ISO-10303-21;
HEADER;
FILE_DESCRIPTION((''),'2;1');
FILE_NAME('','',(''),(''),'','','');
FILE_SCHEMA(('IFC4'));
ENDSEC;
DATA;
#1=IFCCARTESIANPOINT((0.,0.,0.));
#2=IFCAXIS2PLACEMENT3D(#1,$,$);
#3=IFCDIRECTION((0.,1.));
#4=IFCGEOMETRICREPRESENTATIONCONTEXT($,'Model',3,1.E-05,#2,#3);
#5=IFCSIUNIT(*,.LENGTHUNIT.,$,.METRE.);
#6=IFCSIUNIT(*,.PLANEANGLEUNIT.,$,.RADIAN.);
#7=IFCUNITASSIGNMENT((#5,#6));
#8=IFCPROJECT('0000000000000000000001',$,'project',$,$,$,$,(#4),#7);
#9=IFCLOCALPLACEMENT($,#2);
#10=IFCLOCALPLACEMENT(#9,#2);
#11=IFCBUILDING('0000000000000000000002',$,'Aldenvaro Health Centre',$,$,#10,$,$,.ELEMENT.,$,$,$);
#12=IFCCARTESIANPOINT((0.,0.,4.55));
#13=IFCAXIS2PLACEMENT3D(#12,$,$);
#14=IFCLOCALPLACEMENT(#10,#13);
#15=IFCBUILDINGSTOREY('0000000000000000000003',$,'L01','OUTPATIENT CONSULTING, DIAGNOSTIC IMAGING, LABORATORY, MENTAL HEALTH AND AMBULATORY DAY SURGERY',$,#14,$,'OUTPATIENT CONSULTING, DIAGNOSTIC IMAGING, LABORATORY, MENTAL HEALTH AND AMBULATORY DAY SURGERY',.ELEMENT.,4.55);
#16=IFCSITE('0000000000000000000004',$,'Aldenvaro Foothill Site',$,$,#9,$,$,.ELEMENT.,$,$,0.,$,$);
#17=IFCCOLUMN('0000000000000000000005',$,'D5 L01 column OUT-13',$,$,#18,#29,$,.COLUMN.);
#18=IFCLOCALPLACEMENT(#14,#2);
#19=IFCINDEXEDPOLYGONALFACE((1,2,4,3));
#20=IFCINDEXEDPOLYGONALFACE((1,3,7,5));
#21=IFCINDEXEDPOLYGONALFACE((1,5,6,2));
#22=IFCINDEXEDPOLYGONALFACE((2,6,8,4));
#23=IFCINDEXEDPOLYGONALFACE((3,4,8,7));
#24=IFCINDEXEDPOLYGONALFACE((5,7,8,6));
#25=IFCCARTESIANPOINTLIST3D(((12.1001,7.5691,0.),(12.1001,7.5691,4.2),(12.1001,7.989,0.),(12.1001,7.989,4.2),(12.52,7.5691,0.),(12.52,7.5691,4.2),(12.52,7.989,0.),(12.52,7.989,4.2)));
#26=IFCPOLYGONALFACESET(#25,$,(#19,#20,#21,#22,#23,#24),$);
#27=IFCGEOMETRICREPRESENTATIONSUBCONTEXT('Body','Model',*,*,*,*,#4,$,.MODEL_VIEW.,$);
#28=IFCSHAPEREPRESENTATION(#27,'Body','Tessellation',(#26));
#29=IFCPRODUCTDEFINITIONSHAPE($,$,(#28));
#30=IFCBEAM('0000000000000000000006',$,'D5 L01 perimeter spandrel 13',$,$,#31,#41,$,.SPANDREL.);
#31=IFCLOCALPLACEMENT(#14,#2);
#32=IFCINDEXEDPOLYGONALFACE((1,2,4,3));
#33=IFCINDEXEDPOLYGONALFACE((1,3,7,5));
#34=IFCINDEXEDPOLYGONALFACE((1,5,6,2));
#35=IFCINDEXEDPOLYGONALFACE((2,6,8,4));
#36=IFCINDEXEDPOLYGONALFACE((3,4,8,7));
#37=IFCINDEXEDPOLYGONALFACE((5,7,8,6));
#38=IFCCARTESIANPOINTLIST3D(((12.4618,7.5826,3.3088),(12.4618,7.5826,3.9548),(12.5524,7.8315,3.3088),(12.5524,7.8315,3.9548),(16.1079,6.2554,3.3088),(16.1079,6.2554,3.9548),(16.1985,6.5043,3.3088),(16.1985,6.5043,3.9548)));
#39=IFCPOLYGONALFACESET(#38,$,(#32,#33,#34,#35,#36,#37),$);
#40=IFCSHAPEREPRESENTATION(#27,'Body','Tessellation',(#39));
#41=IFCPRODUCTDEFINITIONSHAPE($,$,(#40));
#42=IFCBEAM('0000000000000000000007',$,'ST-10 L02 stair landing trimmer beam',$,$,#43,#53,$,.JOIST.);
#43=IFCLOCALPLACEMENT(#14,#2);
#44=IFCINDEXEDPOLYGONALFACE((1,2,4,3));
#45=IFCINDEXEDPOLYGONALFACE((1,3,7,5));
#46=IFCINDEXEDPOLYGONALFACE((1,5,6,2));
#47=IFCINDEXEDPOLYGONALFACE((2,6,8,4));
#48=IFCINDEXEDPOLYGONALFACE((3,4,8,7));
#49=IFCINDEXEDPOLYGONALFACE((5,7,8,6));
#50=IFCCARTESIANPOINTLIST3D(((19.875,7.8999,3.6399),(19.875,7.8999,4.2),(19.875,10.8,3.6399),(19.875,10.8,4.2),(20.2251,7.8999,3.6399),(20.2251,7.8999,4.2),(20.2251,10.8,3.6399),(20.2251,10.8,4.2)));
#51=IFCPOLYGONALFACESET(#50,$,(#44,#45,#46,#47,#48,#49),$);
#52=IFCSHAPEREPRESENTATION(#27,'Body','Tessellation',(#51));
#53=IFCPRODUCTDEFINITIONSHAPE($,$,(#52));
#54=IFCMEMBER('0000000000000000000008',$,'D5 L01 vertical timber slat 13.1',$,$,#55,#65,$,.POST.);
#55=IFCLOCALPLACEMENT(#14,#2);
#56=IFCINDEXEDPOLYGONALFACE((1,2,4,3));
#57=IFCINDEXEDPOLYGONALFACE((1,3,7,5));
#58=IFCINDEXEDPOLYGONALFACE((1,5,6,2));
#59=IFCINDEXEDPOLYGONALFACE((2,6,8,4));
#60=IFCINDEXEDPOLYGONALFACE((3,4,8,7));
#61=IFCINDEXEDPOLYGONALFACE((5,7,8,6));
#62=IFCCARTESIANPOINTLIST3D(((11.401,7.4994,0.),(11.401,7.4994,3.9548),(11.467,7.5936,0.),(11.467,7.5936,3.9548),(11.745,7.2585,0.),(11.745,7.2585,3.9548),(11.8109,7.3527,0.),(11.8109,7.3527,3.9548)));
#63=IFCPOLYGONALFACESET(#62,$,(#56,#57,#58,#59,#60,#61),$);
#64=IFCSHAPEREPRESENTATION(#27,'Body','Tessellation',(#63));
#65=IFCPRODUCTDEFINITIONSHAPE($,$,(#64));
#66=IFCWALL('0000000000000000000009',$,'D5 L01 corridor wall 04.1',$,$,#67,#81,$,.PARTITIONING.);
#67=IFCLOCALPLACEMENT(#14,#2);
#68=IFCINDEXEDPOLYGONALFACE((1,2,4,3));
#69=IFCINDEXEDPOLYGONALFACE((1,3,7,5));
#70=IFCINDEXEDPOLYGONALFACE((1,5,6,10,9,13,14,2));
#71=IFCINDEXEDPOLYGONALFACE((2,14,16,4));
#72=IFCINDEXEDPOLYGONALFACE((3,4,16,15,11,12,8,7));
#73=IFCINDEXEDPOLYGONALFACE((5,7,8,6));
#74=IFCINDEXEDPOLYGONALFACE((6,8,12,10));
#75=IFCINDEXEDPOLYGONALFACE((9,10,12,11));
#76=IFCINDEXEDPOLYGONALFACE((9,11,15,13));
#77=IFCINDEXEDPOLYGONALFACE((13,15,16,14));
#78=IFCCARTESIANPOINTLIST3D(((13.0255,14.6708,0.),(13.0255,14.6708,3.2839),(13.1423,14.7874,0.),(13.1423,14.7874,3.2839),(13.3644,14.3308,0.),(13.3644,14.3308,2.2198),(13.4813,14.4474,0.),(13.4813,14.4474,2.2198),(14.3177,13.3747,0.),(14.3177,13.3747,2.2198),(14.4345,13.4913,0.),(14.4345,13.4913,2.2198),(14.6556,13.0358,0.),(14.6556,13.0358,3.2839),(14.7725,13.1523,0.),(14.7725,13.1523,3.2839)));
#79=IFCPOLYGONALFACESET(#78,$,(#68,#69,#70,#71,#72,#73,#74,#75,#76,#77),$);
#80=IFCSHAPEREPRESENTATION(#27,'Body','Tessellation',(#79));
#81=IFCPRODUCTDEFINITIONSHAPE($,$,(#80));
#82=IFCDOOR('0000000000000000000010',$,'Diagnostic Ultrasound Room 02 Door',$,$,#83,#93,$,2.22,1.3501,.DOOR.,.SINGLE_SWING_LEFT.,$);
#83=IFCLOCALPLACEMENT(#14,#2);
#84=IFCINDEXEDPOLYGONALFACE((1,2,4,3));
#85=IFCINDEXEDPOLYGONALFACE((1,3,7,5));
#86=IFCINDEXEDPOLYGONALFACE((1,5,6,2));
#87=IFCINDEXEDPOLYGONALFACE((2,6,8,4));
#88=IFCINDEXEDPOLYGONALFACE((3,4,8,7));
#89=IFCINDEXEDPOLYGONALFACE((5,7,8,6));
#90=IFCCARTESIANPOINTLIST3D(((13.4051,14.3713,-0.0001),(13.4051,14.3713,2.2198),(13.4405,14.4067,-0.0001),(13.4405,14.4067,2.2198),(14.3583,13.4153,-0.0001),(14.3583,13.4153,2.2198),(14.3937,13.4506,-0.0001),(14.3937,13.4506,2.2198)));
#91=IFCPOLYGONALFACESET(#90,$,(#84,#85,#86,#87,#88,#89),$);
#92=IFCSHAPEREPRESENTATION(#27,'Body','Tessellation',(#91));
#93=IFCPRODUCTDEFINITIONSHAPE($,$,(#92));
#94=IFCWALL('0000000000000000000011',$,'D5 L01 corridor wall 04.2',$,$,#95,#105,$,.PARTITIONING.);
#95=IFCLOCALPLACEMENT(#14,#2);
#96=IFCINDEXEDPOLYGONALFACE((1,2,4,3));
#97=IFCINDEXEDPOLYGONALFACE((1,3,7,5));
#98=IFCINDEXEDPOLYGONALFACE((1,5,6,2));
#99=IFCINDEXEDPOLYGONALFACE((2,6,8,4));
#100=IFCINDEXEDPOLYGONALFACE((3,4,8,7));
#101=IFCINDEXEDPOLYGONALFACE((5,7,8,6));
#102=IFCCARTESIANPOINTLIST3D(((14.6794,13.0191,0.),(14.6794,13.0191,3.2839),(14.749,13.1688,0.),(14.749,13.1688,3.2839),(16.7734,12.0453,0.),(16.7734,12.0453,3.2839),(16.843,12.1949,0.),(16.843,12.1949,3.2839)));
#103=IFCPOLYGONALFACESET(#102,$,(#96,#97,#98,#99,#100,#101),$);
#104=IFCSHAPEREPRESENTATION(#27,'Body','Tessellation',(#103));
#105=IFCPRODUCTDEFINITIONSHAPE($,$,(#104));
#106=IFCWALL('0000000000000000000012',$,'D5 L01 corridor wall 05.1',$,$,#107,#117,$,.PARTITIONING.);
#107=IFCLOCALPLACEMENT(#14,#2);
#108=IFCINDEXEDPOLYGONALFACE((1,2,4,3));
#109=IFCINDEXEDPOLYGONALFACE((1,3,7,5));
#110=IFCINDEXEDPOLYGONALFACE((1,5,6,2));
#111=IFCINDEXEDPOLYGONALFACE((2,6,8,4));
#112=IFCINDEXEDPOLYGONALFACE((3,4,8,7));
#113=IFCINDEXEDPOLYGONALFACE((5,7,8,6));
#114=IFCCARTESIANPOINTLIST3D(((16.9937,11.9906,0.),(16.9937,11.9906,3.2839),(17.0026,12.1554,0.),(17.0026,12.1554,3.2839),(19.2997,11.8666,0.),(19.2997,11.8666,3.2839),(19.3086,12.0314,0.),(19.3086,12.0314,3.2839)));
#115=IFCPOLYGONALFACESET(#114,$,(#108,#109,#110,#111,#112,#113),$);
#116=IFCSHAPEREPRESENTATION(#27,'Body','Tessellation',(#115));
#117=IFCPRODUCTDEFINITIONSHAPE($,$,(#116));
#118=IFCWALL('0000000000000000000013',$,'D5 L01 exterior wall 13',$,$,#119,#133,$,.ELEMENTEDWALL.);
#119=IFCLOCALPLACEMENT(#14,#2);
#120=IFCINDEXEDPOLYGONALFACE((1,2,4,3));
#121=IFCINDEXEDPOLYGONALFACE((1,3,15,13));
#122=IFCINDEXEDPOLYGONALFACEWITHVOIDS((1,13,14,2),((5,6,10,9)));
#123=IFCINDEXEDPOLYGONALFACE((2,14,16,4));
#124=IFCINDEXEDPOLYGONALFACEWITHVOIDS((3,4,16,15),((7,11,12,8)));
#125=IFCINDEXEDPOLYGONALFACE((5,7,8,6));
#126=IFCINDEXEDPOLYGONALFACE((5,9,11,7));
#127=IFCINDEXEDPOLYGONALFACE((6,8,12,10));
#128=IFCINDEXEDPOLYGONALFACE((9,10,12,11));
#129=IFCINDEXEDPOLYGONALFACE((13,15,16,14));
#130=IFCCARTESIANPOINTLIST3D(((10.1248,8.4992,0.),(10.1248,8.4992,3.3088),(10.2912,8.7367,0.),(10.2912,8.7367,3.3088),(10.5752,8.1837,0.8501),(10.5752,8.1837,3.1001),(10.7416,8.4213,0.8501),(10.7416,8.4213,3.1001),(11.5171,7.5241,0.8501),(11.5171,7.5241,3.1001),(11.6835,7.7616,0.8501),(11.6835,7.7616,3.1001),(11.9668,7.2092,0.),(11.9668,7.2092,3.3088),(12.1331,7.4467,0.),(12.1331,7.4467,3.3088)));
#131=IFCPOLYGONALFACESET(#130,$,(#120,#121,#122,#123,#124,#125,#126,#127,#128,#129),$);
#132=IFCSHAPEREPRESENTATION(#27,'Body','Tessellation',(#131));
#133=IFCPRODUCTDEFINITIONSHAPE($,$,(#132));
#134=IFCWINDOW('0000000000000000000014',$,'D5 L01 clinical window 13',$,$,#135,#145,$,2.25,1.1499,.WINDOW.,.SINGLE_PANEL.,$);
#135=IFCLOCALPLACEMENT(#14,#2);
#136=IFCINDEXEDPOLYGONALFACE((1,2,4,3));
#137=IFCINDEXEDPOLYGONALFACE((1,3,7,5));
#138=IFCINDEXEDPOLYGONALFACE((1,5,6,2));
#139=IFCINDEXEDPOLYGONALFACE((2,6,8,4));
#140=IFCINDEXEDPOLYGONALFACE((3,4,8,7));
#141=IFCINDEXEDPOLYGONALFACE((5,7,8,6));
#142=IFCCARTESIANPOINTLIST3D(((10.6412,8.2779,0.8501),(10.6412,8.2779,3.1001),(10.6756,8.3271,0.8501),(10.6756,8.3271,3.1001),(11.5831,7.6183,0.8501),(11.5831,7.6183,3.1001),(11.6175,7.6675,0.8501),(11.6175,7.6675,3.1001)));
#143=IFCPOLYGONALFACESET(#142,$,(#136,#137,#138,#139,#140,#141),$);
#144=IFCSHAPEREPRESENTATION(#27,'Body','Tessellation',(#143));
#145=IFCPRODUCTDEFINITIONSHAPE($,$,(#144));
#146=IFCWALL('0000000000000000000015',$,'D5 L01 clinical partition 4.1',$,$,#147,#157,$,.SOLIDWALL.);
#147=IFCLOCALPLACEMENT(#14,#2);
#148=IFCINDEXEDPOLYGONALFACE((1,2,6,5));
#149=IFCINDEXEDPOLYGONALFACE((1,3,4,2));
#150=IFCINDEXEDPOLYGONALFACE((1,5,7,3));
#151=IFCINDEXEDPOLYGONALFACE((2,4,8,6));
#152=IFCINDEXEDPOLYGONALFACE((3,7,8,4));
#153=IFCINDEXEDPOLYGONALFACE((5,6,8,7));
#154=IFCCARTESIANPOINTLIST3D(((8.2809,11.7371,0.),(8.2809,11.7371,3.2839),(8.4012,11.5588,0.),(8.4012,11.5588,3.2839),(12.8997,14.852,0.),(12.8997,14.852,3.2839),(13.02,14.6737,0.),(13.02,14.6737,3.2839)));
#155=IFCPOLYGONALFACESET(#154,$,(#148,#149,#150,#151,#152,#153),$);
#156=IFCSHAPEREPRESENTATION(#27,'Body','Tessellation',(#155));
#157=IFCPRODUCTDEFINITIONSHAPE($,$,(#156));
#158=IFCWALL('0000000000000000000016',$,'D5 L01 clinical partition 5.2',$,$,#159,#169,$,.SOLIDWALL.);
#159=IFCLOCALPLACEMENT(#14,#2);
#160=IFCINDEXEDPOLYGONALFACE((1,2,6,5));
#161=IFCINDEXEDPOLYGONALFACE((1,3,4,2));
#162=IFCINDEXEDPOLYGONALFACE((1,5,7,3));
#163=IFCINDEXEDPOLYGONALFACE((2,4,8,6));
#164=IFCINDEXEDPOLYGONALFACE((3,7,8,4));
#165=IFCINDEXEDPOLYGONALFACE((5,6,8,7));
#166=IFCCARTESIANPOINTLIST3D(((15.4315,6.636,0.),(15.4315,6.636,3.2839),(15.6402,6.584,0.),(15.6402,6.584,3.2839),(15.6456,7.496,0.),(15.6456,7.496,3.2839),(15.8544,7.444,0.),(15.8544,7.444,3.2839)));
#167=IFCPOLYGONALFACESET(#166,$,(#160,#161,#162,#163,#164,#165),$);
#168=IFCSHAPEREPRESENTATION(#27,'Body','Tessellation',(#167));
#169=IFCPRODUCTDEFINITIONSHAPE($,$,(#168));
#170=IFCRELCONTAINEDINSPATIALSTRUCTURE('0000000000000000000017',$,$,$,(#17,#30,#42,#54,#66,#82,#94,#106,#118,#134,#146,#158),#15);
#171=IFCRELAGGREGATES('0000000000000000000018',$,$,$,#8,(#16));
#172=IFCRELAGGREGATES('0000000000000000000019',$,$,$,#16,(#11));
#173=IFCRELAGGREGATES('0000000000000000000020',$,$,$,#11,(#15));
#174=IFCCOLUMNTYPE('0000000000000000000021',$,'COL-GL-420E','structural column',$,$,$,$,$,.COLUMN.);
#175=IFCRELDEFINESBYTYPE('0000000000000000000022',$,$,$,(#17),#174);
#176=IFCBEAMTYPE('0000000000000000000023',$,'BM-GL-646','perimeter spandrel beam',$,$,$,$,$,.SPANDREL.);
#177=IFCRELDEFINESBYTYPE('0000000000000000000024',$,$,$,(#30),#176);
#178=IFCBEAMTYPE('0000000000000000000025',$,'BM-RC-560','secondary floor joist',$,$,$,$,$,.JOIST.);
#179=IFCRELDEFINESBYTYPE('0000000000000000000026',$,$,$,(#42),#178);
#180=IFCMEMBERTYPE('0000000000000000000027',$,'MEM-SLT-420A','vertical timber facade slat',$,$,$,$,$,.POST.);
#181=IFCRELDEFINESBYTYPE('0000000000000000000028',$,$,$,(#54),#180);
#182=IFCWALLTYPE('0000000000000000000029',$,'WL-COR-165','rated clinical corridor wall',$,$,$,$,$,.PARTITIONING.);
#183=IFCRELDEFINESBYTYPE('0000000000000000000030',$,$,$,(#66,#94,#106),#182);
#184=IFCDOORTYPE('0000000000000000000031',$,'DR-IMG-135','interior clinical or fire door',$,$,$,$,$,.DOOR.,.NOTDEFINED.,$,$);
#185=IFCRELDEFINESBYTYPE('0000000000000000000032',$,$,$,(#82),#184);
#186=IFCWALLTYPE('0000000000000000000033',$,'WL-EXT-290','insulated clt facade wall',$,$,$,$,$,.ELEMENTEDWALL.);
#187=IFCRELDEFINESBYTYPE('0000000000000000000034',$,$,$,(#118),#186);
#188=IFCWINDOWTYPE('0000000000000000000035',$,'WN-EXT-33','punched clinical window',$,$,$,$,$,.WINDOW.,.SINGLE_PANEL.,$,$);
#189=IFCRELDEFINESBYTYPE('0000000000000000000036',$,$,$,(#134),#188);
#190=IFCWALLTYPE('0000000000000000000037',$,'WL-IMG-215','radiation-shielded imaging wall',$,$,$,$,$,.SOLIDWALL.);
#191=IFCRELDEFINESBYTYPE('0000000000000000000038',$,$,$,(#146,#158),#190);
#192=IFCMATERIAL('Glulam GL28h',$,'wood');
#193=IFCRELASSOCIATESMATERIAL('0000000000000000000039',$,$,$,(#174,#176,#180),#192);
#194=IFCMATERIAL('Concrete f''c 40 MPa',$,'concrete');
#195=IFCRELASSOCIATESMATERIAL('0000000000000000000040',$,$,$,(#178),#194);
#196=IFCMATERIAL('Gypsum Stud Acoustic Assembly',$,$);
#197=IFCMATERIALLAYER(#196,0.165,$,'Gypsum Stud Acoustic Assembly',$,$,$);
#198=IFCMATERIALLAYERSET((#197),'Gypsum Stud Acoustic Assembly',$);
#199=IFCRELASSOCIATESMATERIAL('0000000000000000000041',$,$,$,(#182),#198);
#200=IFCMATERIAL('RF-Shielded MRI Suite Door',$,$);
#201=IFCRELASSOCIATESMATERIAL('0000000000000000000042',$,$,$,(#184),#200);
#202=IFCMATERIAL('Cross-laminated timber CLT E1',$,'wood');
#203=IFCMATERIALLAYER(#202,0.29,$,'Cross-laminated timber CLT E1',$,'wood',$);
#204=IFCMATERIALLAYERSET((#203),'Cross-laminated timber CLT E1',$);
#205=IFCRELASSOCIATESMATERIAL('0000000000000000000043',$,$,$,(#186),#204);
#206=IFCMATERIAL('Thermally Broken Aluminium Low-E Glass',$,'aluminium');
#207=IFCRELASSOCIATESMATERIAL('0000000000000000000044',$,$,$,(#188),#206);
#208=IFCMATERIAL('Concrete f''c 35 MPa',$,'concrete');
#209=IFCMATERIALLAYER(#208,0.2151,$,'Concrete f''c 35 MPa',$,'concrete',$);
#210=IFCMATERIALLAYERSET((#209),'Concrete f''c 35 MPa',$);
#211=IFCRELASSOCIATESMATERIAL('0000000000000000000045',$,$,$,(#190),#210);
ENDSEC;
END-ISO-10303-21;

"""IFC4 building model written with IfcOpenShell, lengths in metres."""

from ifc_helpers import new_model, si_unit, direction, frame, frame_2d, origin, origin_2d, place, context, subcontext, project, spatial, rectangle, extrude, material, layer, layer_set, material_profile, profile_set, type_object, element, fill, save


model = new_model("IFC4")

# Units and contexts
model_context = context("Model", 3, precision=1e-05, world=origin(), true_north=direction((0.0, 1.0)))
body_context = subcontext(model_context, "Body", "Model", "MODEL_VIEW")
ifc_project = project(units=[si_unit("LENGTHUNIT", "METRE"), si_unit("PLANEANGLEUNIT", "RADIAN")], contexts=[model_context])

# Site, building, storey
site_placement = place(None, origin())
site = spatial("IfcSite", under=ifc_project, at=site_placement, Name="Aldenvaro Foothill Site", CompositionType="ELEMENT", RefElevation=0.0)
building_placement = place(site_placement, origin())
building = spatial("IfcBuilding", under=site, at=building_placement, Name="Aldenvaro Health Centre", CompositionType="ELEMENT")
storey_placement = place(building_placement, frame((0.0, 0.0, 4.55)))
storey = spatial("IfcBuildingStorey", under=building, at=storey_placement, Name="L01", Description="OUTPATIENT CONSULTING, DIAGNOSTIC IMAGING, LABORATORY, MENTAL HEALTH AND AMBULATORY DAY SURGERY", LongName="OUTPATIENT CONSULTING, DIAGNOSTIC IMAGING, LABORATORY, MENTAL HEALTH AND AMBULATORY DAY SURGERY", CompositionType="ELEMENT", Elevation=4.55)

# Column
ifc_material_1 = material(Name="Glulam GL28h", Category="wood")
ifc_material_profile_1 = material_profile(ifc_material_1, rectangle(XDim=0.4199, YDim=0.4199, at=origin_2d()), Name="GL 420x420", Category="wood")
ifc_profile_set_1 = profile_set([ifc_material_profile_1], Name="Glulam GL28h")
column_type = type_object("IfcColumnType", Name="COL-GL-420E", Description="structural column", PredefinedType="COLUMN", material=ifc_profile_set_1)
column_placement = place(storey_placement, frame((12.3101, 7.7791, 0.0), z_axis=(0.0, 0.0, 1.0), x_axis=(1.0, 0.0, 0.0)))
element("IfcColumn", 1, at=column_placement, inside=storey, type_object=column_type, Name="D5 L01 column OUT-13", PredefinedType="COLUMN", context=body_context, shape_type="SweptSolid", body=[
    extrude(rectangle(XDim=0.4199, YDim=0.4199, at=origin_2d()), origin(), (0.0, 0.0, 1.0), 4.2),
])

# Beams
ifc_material_profile_2 = material_profile(ifc_material_1, rectangle(XDim=0.2649, YDim=0.646, at=origin_2d()), Name="GL 265x646", Category="wood")
ifc_profile_set_2 = profile_set([ifc_material_profile_2], Name="Glulam GL28h")
beam_type_1 = type_object("IfcBeamType", Name="BM-GL-646", Description="perimeter spandrel beam", PredefinedType="SPANDREL", material=ifc_profile_set_2)
beam_1_placement = place(storey_placement, frame((12.5071, 7.707, 3.6318), z_axis=(0.939683, -0.342046, 0.0), x_axis=(0.342046, 0.939683, 0.0)))
element("IfcBeam", 2, at=beam_1_placement, inside=storey, type_object=beam_type_1, Name="D5 L01 perimeter spandrel 13", PredefinedType="SPANDREL", context=body_context, shape_type="SweptSolid", body=[
    extrude(rectangle(XDim=0.2649, YDim=0.646, at=origin_2d()), origin(), (0.0, 0.0, 1.0), 3.8801),
])
ifc_material_2 = material(Name="Concrete f'c 40 MPa", Category="concrete")
ifc_material_profile_3 = material_profile(ifc_material_2, rectangle(XDim=0.3501, YDim=0.5601, at=origin_2d()), Name="RC 350x560", Category="concrete")
ifc_profile_set_3 = profile_set([ifc_material_profile_3], Name="Concrete f'c 40 MPa")
beam_type_2 = type_object("IfcBeamType", Name="BM-RC-560", Description="secondary floor joist", PredefinedType="JOIST", material=ifc_profile_set_3)
beam_2_placement = place(storey_placement, frame((20.05, 10.8, 3.9199), z_axis=(0.0, -1.0, 0.0), x_axis=(1.0, 0.0, 0.0)))
element("IfcBeam", 3, at=beam_2_placement, inside=storey, type_object=beam_type_2, Name="ST-10 L02 stair landing trimmer beam", PredefinedType="JOIST", context=body_context, shape_type="SweptSolid", body=[
    extrude(rectangle(XDim=0.3501, YDim=0.5601, at=origin_2d()), origin(), (0.0, 0.0, 1.0), 2.9001),
])

# Member
ifc_material_profile_4 = material_profile(ifc_material_1, rectangle(XDim=0.115, YDim=0.4199, at=origin_2d()), Name="GL 115x420", Category="wood")
ifc_profile_set_4 = profile_set([ifc_material_profile_4], Name="Glulam GL28h")
member_type = type_object("IfcMemberType", Name="MEM-SLT-420A", Description="vertical timber facade slat", PredefinedType="POST", material=ifc_profile_set_4)
member_placement = place(storey_placement, frame((11.606, 7.426, 0.0), z_axis=(0.0, 0.0, 1.0), x_axis=(-0.573641, -0.819107, 0.0)))
element("IfcMember", 4, at=member_placement, inside=storey, type_object=member_type, Name="D5 L01 vertical timber slat 13.1", PredefinedType="POST", context=body_context, shape_type="SweptSolid", body=[
    extrude(rectangle(XDim=0.115, YDim=0.4199, at=origin_2d()), origin(), (0.0, 0.0, 1.0), 3.9548),
])

# Wall, opening, door
ifc_material_3 = material(Name="Gypsum Stud Acoustic Assembly")
ifc_layer_1 = layer(ifc_material_3, 0.165, Name="Gypsum Stud Acoustic Assembly")
ifc_layer_set_1 = layer_set([ifc_layer_1], Name="Gypsum Stud Acoustic Assembly")
wall_type_1 = type_object("IfcWallType", Name="WL-COR-165", Description="rated clinical corridor wall", PredefinedType="PARTITIONING", material=ifc_layer_set_1)
wall_1_placement = place(storey_placement, frame((13.084, 14.729, 0.0), z_axis=(0.0, 0.0, 1.0), x_axis=(0.706049, -0.708163, 0.0)))
wall_1 = element("IfcWall", 5, at=wall_1_placement, inside=storey, type_object=wall_type_1, Name="D5 L01 corridor wall 04.1", PredefinedType="PARTITIONING", context=body_context, shape_type="SweptSolid", body=[
    extrude(rectangle(XDim=2.3088, YDim=0.165, at=frame_2d((1.1543, 0.0))), origin(), (0.0, 0.0, 1.0), 3.2839),
])
opening_1_placement = place(wall_1_placement, frame((0.48, 0.0, 0.0)))
opening_1 = element("IfcOpeningElement", 6, at=opening_1_placement, cuts=wall_1, PredefinedType="OPENING", context=body_context, shape_type="SweptSolid", body=[
    extrude(rectangle(XDim=1.3501, YDim=2.22, at=frame_2d((0.675, 1.1099))), frame((0.0, 0.0925, 0.0), z_axis=(0.0, -1.0, 0.0), x_axis=(1.0, 0.0, 0.0)), (0.0, 0.0, 1.0), 0.1851),
])
ifc_material_4 = material(Name="RF-Shielded MRI Suite Door")
door_type_1 = type_object("IfcDoorType", Name="DR-IMG-135", Description="interior clinical or fire door", OperationType="NOTDEFINED", PredefinedType="DOOR", material=ifc_material_4)
door_1_placement = place(opening_1_placement, origin())
door_1 = element("IfcDoor", 7, at=door_1_placement, inside=storey, type_object=door_type_1, Name="Diagnostic Ultrasound Room 02 Door", OperationType="SINGLE_SWING_LEFT", OverallHeight=2.22, OverallWidth=1.3501, PredefinedType="DOOR", context=body_context, shape_type="SweptSolid", body=[
    extrude(rectangle(XDim=1.3501, YDim=2.22, at=frame_2d((0.675, 1.1099))), frame((0.0, 0.0249, 0.0), z_axis=(0.0, -1.0, 0.0), x_axis=(1.0, 0.0, 0.0)), (0.0, 0.0, 1.0), 0.05),
])
fill(opening_1, door_1)

# Walls
for number, where, z_axis, x_axis, name in (
    (8, (14.7141, 13.094, 0.0), (0.0, 0.0, 1.0), (0.906733, -0.421704, 0.0), "D5 L01 corridor wall 04.2"),
    (9, (16.998, 12.073, 0.0), (0.0, 0.0, 1.0), (0.998557, -0.053707, 0.0), "D5 L01 corridor wall 05.1"),
):
    element("IfcWall", number, at=place(storey_placement, frame(where, z_axis=z_axis, x_axis=x_axis)), inside=storey, type_object=wall_type_1, Name=name, PredefinedType="PARTITIONING", context=body_context, shape_type="SweptSolid", body=[
        extrude(rectangle(XDim=2.3093, YDim=0.165, at=frame_2d((1.1548, 0.0))), origin(), (0.0, 0.0, 1.0), 3.2839),
    ])

# Wall, opening, window
ifc_material_5 = material(Name="Cross-laminated timber CLT E1", Category="wood")
ifc_layer_2 = layer(ifc_material_5, 0.29, Name="Cross-laminated timber CLT E1", Category="wood")
ifc_layer_set_2 = layer_set([ifc_layer_2], Name="Cross-laminated timber CLT E1")
wall_type_2 = type_object("IfcWallType", Name="WL-EXT-290", Description="insulated clt facade wall", PredefinedType="ELEMENTEDWALL", material=ifc_layer_set_2)
wall_2_placement = place(storey_placement, frame((12.05, 7.3279, 0.0), z_axis=(0.0, 0.0, 1.0), x_axis=(-0.819104, 0.573644, 0.0)))
wall_2 = element("IfcWall", 10, at=wall_2_placement, inside=storey, type_object=wall_type_2, Name="D5 L01 exterior wall 13", PredefinedType="ELEMENTEDWALL", context=body_context, shape_type="SweptSolid", body=[
    extrude(rectangle(XDim=2.2488, YDim=0.29, at=frame_2d((1.1245, 0.0))), origin(), (0.0, 0.0, 1.0), 3.3088),
])
opening_2_placement = place(wall_2_placement, frame((0.5491, 0.0, 0.8501)))
opening_2 = element("IfcOpeningElement", 11, at=opening_2_placement, cuts=wall_2, PredefinedType="OPENING", context=body_context, shape_type="SweptSolid", body=[
    extrude(rectangle(XDim=1.1499, YDim=2.25, at=frame_2d((0.575, 1.125))), frame((0.0, 0.155, 0.0), z_axis=(0.0, -1.0, 0.0), x_axis=(1.0, 0.0, 0.0)), (0.0, 0.0, 1.0), 0.3101),
])
ifc_material_6 = material(Name="Thermally Broken Aluminium Low-E Glass", Category="aluminium")
window_type = type_object("IfcWindowType", Name="WN-EXT-33", Description="punched clinical window", PartitioningType="SINGLE_PANEL", PredefinedType="WINDOW", material=ifc_material_6)
window_placement = place(opening_2_placement, origin())
window = element("IfcWindow", 12, at=window_placement, inside=storey, type_object=window_type, Name="D5 L01 clinical window 13", OverallHeight=2.25, OverallWidth=1.1499, PartitioningType="SINGLE_PANEL", PredefinedType="WINDOW", context=body_context, shape_type="SweptSolid", body=[
    extrude(rectangle(XDim=1.1499, YDim=2.25, at=frame_2d((0.575, 1.125))), frame((0.0, 0.03, 0.0), z_axis=(0.0, -1.0, 0.0), x_axis=(1.0, 0.0, 0.0)), (0.0, 0.0, 1.0), 0.0601),
])
fill(opening_2, window)

# Walls
ifc_material_7 = material(Name="Concrete f'c 35 MPa", Category="concrete")
ifc_layer_3 = layer(ifc_material_7, 0.2151, Name="Concrete f'c 35 MPa", Category="concrete")
ifc_layer_set_3 = layer_set([ifc_layer_3], Name="Concrete f'c 35 MPa")
wall_type_3 = type_object("IfcWallType", Name="WL-IMG-215", Description="radiation-shielded imaging wall", PredefinedType="SOLIDWALL", material=ifc_layer_set_3)
wall_3_placement = place(storey_placement, frame((12.96, 14.7629, 0.0), z_axis=(0.0, 0.0, 1.0), x_axis=(-0.829079, -0.559132, 0.0)))
element("IfcWall", 13, at=wall_3_placement, inside=storey, type_object=wall_type_3, Name="D5 L01 clinical partition 4.1", PredefinedType="SOLIDWALL", context=body_context, shape_type="SweptSolid", body=[
    extrude(rectangle(XDim=5.571, YDim=0.2151, at=frame_2d((2.7856, 0.0))), origin(), (0.0, 0.0, 1.0), 3.2839),
])
wall_4_placement = place(storey_placement, frame((15.75, 7.47, 0.0), z_axis=(0.0, 0.0, 1.0), x_axis=(-0.241628, -0.970369, 0.0)))
element("IfcWall", 14, at=wall_4_placement, inside=storey, type_object=wall_type_3, Name="D5 L01 clinical partition 5.2", PredefinedType="SOLIDWALL", context=body_context, shape_type="SweptSolid", body=[
    extrude(rectangle(XDim=0.8862, YDim=0.2151, at=frame_2d((0.4431, 0.0))), origin(), (0.0, 0.0, 1.0), 3.2839),
])

save(model, "model.ifc")
